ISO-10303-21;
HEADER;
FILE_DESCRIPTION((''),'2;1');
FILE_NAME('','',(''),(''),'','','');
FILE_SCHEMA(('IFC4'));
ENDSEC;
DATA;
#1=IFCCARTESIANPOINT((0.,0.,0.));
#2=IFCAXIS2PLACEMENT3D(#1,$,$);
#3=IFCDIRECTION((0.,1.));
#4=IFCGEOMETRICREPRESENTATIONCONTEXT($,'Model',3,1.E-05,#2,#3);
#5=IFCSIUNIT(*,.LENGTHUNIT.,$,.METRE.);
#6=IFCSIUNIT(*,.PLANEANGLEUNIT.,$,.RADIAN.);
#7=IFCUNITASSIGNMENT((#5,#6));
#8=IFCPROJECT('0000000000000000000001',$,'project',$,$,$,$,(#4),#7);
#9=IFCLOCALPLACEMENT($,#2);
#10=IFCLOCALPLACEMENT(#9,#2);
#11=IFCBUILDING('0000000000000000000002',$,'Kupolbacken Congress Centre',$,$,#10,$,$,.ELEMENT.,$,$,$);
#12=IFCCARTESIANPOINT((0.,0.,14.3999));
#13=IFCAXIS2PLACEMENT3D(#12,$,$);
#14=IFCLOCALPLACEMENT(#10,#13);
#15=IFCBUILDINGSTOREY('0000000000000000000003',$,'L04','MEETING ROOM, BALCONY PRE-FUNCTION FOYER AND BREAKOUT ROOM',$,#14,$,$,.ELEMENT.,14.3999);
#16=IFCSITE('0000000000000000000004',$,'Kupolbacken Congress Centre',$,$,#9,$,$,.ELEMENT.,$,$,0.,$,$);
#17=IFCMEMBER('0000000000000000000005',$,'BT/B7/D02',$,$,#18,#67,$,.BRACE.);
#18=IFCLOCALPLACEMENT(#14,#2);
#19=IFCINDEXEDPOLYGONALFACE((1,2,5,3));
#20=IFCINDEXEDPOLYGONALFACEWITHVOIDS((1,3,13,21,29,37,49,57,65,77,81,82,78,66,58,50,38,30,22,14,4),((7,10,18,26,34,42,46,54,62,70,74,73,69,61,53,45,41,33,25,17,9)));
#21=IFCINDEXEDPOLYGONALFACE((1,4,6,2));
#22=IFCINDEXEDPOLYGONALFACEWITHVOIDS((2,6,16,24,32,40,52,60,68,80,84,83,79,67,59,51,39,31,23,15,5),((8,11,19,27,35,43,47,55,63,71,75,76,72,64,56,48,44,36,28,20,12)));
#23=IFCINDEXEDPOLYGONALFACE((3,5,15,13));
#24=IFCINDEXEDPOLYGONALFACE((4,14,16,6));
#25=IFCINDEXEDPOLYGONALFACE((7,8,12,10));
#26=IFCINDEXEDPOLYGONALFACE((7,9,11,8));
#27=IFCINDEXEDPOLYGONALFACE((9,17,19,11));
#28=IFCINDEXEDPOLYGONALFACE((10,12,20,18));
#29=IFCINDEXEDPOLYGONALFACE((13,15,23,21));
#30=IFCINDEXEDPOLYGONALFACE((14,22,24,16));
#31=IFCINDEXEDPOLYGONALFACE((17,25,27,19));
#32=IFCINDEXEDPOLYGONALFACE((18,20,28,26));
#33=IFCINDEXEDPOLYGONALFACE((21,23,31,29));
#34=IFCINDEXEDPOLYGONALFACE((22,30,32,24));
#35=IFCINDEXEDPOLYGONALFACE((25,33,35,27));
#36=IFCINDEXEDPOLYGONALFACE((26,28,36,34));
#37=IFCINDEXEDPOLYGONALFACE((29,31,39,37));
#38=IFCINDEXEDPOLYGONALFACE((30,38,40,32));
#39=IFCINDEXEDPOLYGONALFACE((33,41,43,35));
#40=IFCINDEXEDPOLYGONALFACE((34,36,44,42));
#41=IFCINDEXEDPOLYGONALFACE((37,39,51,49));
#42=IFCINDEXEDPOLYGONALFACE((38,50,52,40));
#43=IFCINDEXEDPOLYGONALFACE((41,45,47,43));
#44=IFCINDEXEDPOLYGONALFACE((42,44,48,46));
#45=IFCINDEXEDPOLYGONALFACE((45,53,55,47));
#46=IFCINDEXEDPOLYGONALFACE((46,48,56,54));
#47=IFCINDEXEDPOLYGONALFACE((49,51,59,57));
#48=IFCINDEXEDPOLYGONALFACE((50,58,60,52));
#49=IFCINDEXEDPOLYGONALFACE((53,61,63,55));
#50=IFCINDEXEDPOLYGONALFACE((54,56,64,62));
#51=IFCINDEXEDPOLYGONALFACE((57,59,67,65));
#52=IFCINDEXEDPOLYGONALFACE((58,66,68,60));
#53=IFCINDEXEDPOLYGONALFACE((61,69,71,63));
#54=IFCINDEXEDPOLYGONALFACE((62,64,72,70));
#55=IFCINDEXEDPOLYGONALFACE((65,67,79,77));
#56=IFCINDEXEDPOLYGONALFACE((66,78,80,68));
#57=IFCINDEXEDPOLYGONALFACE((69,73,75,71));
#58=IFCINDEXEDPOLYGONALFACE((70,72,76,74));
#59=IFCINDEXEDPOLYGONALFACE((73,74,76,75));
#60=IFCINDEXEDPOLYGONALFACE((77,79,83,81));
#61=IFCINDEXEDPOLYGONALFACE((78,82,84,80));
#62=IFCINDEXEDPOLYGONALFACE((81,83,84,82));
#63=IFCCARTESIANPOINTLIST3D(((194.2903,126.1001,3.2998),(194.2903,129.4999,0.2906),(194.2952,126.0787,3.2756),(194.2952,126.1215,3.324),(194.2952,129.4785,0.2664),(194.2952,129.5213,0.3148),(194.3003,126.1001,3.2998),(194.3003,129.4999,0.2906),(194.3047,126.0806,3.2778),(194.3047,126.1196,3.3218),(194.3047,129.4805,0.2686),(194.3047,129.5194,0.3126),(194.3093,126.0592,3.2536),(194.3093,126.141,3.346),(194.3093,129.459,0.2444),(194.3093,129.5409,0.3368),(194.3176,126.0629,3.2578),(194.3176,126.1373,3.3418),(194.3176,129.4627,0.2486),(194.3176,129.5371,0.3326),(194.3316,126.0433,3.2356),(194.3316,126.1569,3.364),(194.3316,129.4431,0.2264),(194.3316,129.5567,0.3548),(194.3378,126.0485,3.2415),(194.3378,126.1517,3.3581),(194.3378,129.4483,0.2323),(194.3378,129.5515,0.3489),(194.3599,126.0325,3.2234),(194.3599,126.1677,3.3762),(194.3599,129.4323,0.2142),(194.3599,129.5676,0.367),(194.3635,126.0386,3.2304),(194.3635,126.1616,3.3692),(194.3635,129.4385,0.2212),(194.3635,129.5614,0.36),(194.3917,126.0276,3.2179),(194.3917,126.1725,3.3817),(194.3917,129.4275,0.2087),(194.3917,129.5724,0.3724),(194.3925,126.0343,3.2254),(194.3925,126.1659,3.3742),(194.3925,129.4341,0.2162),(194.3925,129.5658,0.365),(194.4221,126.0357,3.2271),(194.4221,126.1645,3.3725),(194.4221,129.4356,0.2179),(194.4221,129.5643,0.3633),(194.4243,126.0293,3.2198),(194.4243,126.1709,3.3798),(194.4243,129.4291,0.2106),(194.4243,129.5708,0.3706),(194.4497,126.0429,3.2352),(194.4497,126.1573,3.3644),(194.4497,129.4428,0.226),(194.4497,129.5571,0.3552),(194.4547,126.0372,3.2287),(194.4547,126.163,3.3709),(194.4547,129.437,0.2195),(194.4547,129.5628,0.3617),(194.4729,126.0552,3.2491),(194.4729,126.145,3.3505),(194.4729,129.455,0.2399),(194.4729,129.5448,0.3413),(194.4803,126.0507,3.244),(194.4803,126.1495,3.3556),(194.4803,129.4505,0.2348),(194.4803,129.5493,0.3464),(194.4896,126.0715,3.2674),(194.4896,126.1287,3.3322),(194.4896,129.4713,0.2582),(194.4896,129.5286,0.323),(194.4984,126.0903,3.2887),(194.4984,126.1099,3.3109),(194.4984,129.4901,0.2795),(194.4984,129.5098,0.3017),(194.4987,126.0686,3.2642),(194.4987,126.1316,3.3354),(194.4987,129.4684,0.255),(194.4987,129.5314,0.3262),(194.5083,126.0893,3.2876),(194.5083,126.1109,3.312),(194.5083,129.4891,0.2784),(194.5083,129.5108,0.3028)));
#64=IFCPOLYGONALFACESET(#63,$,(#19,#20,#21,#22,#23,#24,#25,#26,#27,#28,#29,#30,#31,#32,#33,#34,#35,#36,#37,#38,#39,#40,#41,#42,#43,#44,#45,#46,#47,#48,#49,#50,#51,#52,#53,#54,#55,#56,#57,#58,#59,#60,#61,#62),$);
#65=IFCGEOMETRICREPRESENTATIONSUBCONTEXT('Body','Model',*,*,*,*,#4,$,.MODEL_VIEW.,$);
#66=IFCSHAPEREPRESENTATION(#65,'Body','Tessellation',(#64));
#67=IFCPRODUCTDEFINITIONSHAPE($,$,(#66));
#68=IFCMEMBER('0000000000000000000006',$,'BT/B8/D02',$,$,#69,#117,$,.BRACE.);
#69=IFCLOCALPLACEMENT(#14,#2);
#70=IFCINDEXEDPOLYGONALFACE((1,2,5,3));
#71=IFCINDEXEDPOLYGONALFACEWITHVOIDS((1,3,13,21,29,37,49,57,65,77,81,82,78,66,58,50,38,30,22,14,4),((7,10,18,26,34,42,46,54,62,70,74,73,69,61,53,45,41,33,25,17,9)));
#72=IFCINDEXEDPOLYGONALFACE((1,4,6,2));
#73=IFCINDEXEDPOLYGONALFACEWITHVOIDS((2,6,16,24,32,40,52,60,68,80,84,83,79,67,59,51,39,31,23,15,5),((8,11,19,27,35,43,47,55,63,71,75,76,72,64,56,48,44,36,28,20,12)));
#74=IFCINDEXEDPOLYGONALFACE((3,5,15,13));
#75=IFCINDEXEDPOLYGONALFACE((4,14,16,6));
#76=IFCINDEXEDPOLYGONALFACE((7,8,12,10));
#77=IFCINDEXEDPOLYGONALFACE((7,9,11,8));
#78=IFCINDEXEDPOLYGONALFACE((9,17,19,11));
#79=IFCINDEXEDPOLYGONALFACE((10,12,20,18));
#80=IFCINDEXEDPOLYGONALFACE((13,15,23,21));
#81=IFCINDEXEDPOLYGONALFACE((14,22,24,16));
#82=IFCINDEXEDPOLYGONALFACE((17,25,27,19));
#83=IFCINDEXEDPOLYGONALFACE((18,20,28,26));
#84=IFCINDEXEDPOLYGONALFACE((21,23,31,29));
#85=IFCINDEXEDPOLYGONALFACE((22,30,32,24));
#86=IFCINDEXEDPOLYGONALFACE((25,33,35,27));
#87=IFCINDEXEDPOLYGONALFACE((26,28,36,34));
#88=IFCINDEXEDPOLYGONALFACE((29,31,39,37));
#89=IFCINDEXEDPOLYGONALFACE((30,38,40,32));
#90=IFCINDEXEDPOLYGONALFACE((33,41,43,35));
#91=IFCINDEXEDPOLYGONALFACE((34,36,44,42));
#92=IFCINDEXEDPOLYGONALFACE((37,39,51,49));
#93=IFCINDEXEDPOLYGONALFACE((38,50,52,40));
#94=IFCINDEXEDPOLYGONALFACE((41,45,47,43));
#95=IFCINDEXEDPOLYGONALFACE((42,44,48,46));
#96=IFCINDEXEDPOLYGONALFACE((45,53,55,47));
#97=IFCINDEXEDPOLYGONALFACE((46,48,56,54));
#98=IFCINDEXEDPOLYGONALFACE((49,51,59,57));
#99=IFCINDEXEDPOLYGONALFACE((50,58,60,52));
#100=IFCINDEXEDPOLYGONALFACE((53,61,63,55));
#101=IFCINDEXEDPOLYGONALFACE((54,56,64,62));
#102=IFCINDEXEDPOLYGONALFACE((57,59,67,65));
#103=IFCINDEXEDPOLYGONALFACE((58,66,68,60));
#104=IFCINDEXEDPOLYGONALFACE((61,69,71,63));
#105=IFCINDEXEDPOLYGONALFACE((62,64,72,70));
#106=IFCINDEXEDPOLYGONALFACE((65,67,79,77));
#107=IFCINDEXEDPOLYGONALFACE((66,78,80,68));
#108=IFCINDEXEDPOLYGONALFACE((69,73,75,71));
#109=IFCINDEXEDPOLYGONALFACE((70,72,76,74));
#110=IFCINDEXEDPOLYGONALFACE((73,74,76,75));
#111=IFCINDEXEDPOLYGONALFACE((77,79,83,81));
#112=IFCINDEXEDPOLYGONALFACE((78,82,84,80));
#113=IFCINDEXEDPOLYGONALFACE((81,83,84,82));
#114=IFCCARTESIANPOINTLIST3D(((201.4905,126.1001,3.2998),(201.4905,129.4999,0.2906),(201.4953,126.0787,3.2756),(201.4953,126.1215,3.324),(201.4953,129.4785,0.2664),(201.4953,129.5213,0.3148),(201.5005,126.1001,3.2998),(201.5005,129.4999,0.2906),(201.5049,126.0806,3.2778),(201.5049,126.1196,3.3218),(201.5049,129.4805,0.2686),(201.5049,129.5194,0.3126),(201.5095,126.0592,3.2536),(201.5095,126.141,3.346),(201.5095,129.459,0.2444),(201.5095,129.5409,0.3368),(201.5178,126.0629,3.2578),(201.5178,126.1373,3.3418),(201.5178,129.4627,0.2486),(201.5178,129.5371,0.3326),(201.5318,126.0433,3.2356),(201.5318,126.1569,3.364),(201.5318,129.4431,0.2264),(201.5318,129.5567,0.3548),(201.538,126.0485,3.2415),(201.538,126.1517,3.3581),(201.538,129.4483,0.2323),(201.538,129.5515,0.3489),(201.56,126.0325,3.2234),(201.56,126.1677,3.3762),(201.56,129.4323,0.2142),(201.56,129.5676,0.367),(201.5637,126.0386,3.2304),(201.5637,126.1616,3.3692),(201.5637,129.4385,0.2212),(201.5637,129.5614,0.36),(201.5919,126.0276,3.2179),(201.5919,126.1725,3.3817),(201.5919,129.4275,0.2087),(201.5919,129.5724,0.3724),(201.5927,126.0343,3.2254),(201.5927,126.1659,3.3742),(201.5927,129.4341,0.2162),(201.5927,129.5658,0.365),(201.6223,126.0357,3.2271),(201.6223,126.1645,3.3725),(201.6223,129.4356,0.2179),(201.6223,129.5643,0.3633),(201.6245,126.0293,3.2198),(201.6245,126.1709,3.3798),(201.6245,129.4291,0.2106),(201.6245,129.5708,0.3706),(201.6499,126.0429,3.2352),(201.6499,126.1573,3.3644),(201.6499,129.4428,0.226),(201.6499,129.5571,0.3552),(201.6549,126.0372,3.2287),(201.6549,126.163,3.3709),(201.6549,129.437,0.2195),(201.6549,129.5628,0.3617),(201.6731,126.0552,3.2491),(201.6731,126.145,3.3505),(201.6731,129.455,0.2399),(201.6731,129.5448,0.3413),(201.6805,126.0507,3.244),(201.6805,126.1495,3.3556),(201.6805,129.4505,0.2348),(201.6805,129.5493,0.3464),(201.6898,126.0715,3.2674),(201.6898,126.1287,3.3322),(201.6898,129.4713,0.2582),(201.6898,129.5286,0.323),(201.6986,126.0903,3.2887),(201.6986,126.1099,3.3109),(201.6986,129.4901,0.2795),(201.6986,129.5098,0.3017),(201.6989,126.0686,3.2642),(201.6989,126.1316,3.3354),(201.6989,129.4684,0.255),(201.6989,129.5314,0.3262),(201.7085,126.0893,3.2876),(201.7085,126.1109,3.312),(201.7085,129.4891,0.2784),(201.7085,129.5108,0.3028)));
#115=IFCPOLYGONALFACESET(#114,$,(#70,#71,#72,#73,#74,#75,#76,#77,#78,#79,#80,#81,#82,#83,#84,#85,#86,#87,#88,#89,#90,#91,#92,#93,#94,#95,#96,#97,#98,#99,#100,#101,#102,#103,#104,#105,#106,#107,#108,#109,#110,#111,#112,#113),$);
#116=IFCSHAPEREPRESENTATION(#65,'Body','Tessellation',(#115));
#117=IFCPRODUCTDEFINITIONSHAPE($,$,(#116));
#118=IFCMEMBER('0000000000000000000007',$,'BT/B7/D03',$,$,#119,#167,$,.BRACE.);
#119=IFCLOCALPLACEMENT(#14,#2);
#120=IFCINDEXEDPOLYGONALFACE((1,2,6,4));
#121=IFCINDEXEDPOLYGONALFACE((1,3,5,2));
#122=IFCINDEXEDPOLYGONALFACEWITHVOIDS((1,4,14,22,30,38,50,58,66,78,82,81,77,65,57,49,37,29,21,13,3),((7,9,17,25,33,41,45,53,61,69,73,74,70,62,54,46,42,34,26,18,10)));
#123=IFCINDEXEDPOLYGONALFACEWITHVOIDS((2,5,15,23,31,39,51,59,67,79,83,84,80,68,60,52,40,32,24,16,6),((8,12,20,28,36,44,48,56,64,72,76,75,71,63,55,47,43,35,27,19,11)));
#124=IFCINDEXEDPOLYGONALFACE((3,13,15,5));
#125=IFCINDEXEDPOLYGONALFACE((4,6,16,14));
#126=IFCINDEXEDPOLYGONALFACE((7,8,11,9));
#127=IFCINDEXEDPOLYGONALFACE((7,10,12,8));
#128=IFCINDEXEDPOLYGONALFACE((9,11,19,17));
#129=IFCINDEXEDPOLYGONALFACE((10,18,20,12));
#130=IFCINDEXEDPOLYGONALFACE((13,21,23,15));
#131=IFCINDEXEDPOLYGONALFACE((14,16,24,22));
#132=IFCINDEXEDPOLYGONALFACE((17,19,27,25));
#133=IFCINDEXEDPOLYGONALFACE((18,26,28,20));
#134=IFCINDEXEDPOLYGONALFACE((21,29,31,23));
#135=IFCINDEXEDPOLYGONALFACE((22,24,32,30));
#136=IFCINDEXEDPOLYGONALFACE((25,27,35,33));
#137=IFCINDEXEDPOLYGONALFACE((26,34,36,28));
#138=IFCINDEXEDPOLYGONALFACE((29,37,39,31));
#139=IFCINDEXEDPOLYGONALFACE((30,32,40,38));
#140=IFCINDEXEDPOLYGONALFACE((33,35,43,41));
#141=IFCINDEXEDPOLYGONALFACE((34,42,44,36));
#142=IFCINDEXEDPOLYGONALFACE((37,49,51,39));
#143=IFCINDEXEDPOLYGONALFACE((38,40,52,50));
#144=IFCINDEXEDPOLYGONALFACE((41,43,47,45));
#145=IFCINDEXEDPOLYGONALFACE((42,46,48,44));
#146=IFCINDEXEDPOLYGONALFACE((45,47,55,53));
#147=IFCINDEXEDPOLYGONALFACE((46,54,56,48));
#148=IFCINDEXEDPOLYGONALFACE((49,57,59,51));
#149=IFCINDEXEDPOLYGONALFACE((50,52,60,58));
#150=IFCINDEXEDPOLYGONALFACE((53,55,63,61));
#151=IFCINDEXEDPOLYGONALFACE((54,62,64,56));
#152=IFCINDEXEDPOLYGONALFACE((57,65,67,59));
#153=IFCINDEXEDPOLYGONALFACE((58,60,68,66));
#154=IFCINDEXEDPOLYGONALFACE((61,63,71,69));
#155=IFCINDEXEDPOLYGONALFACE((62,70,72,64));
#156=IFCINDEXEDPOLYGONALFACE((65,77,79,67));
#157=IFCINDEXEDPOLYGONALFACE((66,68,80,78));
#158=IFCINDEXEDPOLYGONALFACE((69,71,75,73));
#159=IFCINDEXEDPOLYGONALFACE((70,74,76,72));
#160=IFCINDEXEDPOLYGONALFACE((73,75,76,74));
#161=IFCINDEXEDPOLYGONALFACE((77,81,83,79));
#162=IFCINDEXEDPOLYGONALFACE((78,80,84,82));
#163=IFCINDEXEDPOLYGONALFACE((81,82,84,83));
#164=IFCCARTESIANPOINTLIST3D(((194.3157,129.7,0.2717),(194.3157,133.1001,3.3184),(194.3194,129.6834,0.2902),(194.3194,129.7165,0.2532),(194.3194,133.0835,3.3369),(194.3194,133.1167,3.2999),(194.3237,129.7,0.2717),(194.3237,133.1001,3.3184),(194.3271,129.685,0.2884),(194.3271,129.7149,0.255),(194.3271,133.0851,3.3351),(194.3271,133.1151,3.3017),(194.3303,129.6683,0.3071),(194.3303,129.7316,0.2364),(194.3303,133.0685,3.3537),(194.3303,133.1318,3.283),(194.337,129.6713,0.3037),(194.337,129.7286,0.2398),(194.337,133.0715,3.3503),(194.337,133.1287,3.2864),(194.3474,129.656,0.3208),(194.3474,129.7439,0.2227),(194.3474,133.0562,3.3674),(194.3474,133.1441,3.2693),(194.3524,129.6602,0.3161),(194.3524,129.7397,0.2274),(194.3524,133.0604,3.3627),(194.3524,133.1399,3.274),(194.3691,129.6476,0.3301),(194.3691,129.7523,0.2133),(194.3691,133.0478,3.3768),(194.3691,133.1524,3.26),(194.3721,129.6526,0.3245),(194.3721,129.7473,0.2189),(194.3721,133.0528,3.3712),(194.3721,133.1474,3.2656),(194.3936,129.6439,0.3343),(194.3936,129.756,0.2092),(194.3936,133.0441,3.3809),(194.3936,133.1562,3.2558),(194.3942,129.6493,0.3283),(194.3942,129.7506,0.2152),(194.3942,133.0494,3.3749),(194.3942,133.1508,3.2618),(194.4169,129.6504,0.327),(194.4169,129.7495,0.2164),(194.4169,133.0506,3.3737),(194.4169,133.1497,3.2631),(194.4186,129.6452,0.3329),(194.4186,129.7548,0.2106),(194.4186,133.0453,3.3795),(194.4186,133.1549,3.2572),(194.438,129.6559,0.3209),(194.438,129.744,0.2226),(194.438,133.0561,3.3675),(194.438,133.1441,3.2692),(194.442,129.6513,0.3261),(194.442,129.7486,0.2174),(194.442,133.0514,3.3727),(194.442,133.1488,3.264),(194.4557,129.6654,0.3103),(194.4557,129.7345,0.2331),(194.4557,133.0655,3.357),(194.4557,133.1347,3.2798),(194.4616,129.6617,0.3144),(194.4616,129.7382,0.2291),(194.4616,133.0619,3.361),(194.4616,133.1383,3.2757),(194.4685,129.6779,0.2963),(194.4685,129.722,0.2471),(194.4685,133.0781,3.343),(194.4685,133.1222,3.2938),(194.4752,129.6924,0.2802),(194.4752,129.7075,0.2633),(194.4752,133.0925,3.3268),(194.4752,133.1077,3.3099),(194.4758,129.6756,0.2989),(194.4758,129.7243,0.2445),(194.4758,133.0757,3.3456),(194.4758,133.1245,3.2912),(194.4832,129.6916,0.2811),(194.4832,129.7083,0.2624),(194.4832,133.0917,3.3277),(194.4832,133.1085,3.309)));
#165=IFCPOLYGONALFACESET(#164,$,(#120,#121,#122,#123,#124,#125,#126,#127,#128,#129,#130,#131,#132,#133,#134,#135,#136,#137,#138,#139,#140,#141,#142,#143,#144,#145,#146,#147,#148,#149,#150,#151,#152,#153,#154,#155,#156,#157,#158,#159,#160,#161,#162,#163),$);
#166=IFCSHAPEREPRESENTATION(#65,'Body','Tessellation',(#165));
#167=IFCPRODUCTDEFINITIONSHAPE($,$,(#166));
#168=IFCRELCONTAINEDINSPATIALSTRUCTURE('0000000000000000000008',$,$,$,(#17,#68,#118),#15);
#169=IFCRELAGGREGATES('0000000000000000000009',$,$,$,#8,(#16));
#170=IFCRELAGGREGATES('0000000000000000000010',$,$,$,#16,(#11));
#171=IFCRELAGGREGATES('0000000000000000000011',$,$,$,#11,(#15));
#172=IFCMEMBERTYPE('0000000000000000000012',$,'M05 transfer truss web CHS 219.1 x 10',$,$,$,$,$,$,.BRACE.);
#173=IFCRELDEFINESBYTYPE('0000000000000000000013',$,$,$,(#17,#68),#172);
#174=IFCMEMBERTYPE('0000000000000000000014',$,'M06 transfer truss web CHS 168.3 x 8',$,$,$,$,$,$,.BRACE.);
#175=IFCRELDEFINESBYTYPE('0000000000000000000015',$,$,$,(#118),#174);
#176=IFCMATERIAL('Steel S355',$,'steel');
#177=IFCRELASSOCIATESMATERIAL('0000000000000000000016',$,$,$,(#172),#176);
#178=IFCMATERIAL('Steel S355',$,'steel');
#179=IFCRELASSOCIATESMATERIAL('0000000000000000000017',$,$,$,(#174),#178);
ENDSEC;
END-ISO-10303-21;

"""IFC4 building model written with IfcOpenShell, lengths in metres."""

from ifc_helpers import new_model, si_unit, direction, frame, origin, origin_2d, place, context, subcontext, project, spatial, hollow_circle, extrude, material, material_profile, profile_set, type_object, element, save


model = new_model("IFC4")

# Units and contexts
model_context = context("Model", 3, precision=1e-05, world=origin(), true_north=direction((0.0, 1.0)))
body_context = subcontext(model_context, "Body", "Model", "MODEL_VIEW")
ifc_project = project(units=[si_unit("LENGTHUNIT", "METRE"), si_unit("PLANEANGLEUNIT", "RADIAN")], contexts=[model_context])

# Site, building, storey
site_placement = place(None, origin())
site = spatial("IfcSite", under=ifc_project, at=site_placement, Name="Kupolbacken Congress Centre", CompositionType="ELEMENT", RefElevation=0.0)
building_placement = place(site_placement, origin())
building = spatial("IfcBuilding", under=site, at=building_placement, Name="Kupolbacken Congress Centre", CompositionType="ELEMENT")
storey_placement = place(building_placement, frame((0.0, 0.0, 14.3999)))
storey = spatial("IfcBuildingStorey", under=building, at=storey_placement, Name="L04", Description="MEETING ROOM, BALCONY PRE-FUNCTION FOYER AND BREAKOUT ROOM", CompositionType="ELEMENT", Elevation=14.3999)

# Members
ifc_material_1 = material(Name="Steel S355", Category="steel")
ifc_material_profile_1 = material_profile(ifc_material_1, hollow_circle(Radius=0.1096, WallThickness=0.01, at=origin_2d()), Name="CHS 219.1 x 10")
ifc_profile_set_1 = profile_set([ifc_material_profile_1], Name="Steel S355")
member_type_1 = type_object("IfcMemberType", Name="M05 transfer truss web CHS 219.1 x 10", PredefinedType="BRACE", material=ifc_profile_set_1)
for number, where, z_axis, x_axis, name in (
    (1, (194.3999, 126.1001, 3.2998), (0.0, 0.748814, -0.66278), (-1.0, 0.0, 0.0), "BT/B7/D02"),
    (2, (201.6001, 126.1001, 3.2998), (0.0, 0.748814, -0.66278), (-1.0, 0.0, 0.0), "BT/B8/D02"),
):
    element("IfcMember", number, at=place(storey_placement, frame(where, z_axis=z_axis, x_axis=x_axis)), inside=storey, type_object=member_type_1, Name=name, PredefinedType="BRACE", context=body_context, shape_type="SweptSolid", body=[
        extrude(hollow_circle(Radius=0.1096, WallThickness=0.01, at=origin_2d()), origin(), (0.0, 0.0, 1.0), 4.5403),
    ])
ifc_material_2 = material(Name="Steel S355", Category="steel")
ifc_material_profile_2 = material_profile(ifc_material_2, hollow_circle(Radius=0.0842, WallThickness=0.0081, at=origin_2d()), Name="CHS 168.3 x 8")
ifc_profile_set_2 = profile_set([ifc_material_profile_2], Name="Steel S355")
member_type_2 = type_object("IfcMemberType", Name="M06 transfer truss web CHS 168.3 x 8", PredefinedType="BRACE", material=ifc_profile_set_2)
for number, where, z_axis, x_axis, name in (
    (3, (194.3999, 129.7, 0.2717), (0.0, 0.744763, 0.667329), (-1.0, 0.0, 0.0), "BT/B7/D03"),
):
    element("IfcMember", number, at=place(storey_placement, frame(where, z_axis=z_axis, x_axis=x_axis)), inside=storey, type_object=member_type_2, Name=name, PredefinedType="BRACE", context=body_context, shape_type="SweptSolid", body=[
        extrude(hollow_circle(Radius=0.0842, WallThickness=0.0081, at=origin_2d()), origin(), (0.0, 0.0, 1.0), 4.5654),
    ])

save(model, "model.ifc")
